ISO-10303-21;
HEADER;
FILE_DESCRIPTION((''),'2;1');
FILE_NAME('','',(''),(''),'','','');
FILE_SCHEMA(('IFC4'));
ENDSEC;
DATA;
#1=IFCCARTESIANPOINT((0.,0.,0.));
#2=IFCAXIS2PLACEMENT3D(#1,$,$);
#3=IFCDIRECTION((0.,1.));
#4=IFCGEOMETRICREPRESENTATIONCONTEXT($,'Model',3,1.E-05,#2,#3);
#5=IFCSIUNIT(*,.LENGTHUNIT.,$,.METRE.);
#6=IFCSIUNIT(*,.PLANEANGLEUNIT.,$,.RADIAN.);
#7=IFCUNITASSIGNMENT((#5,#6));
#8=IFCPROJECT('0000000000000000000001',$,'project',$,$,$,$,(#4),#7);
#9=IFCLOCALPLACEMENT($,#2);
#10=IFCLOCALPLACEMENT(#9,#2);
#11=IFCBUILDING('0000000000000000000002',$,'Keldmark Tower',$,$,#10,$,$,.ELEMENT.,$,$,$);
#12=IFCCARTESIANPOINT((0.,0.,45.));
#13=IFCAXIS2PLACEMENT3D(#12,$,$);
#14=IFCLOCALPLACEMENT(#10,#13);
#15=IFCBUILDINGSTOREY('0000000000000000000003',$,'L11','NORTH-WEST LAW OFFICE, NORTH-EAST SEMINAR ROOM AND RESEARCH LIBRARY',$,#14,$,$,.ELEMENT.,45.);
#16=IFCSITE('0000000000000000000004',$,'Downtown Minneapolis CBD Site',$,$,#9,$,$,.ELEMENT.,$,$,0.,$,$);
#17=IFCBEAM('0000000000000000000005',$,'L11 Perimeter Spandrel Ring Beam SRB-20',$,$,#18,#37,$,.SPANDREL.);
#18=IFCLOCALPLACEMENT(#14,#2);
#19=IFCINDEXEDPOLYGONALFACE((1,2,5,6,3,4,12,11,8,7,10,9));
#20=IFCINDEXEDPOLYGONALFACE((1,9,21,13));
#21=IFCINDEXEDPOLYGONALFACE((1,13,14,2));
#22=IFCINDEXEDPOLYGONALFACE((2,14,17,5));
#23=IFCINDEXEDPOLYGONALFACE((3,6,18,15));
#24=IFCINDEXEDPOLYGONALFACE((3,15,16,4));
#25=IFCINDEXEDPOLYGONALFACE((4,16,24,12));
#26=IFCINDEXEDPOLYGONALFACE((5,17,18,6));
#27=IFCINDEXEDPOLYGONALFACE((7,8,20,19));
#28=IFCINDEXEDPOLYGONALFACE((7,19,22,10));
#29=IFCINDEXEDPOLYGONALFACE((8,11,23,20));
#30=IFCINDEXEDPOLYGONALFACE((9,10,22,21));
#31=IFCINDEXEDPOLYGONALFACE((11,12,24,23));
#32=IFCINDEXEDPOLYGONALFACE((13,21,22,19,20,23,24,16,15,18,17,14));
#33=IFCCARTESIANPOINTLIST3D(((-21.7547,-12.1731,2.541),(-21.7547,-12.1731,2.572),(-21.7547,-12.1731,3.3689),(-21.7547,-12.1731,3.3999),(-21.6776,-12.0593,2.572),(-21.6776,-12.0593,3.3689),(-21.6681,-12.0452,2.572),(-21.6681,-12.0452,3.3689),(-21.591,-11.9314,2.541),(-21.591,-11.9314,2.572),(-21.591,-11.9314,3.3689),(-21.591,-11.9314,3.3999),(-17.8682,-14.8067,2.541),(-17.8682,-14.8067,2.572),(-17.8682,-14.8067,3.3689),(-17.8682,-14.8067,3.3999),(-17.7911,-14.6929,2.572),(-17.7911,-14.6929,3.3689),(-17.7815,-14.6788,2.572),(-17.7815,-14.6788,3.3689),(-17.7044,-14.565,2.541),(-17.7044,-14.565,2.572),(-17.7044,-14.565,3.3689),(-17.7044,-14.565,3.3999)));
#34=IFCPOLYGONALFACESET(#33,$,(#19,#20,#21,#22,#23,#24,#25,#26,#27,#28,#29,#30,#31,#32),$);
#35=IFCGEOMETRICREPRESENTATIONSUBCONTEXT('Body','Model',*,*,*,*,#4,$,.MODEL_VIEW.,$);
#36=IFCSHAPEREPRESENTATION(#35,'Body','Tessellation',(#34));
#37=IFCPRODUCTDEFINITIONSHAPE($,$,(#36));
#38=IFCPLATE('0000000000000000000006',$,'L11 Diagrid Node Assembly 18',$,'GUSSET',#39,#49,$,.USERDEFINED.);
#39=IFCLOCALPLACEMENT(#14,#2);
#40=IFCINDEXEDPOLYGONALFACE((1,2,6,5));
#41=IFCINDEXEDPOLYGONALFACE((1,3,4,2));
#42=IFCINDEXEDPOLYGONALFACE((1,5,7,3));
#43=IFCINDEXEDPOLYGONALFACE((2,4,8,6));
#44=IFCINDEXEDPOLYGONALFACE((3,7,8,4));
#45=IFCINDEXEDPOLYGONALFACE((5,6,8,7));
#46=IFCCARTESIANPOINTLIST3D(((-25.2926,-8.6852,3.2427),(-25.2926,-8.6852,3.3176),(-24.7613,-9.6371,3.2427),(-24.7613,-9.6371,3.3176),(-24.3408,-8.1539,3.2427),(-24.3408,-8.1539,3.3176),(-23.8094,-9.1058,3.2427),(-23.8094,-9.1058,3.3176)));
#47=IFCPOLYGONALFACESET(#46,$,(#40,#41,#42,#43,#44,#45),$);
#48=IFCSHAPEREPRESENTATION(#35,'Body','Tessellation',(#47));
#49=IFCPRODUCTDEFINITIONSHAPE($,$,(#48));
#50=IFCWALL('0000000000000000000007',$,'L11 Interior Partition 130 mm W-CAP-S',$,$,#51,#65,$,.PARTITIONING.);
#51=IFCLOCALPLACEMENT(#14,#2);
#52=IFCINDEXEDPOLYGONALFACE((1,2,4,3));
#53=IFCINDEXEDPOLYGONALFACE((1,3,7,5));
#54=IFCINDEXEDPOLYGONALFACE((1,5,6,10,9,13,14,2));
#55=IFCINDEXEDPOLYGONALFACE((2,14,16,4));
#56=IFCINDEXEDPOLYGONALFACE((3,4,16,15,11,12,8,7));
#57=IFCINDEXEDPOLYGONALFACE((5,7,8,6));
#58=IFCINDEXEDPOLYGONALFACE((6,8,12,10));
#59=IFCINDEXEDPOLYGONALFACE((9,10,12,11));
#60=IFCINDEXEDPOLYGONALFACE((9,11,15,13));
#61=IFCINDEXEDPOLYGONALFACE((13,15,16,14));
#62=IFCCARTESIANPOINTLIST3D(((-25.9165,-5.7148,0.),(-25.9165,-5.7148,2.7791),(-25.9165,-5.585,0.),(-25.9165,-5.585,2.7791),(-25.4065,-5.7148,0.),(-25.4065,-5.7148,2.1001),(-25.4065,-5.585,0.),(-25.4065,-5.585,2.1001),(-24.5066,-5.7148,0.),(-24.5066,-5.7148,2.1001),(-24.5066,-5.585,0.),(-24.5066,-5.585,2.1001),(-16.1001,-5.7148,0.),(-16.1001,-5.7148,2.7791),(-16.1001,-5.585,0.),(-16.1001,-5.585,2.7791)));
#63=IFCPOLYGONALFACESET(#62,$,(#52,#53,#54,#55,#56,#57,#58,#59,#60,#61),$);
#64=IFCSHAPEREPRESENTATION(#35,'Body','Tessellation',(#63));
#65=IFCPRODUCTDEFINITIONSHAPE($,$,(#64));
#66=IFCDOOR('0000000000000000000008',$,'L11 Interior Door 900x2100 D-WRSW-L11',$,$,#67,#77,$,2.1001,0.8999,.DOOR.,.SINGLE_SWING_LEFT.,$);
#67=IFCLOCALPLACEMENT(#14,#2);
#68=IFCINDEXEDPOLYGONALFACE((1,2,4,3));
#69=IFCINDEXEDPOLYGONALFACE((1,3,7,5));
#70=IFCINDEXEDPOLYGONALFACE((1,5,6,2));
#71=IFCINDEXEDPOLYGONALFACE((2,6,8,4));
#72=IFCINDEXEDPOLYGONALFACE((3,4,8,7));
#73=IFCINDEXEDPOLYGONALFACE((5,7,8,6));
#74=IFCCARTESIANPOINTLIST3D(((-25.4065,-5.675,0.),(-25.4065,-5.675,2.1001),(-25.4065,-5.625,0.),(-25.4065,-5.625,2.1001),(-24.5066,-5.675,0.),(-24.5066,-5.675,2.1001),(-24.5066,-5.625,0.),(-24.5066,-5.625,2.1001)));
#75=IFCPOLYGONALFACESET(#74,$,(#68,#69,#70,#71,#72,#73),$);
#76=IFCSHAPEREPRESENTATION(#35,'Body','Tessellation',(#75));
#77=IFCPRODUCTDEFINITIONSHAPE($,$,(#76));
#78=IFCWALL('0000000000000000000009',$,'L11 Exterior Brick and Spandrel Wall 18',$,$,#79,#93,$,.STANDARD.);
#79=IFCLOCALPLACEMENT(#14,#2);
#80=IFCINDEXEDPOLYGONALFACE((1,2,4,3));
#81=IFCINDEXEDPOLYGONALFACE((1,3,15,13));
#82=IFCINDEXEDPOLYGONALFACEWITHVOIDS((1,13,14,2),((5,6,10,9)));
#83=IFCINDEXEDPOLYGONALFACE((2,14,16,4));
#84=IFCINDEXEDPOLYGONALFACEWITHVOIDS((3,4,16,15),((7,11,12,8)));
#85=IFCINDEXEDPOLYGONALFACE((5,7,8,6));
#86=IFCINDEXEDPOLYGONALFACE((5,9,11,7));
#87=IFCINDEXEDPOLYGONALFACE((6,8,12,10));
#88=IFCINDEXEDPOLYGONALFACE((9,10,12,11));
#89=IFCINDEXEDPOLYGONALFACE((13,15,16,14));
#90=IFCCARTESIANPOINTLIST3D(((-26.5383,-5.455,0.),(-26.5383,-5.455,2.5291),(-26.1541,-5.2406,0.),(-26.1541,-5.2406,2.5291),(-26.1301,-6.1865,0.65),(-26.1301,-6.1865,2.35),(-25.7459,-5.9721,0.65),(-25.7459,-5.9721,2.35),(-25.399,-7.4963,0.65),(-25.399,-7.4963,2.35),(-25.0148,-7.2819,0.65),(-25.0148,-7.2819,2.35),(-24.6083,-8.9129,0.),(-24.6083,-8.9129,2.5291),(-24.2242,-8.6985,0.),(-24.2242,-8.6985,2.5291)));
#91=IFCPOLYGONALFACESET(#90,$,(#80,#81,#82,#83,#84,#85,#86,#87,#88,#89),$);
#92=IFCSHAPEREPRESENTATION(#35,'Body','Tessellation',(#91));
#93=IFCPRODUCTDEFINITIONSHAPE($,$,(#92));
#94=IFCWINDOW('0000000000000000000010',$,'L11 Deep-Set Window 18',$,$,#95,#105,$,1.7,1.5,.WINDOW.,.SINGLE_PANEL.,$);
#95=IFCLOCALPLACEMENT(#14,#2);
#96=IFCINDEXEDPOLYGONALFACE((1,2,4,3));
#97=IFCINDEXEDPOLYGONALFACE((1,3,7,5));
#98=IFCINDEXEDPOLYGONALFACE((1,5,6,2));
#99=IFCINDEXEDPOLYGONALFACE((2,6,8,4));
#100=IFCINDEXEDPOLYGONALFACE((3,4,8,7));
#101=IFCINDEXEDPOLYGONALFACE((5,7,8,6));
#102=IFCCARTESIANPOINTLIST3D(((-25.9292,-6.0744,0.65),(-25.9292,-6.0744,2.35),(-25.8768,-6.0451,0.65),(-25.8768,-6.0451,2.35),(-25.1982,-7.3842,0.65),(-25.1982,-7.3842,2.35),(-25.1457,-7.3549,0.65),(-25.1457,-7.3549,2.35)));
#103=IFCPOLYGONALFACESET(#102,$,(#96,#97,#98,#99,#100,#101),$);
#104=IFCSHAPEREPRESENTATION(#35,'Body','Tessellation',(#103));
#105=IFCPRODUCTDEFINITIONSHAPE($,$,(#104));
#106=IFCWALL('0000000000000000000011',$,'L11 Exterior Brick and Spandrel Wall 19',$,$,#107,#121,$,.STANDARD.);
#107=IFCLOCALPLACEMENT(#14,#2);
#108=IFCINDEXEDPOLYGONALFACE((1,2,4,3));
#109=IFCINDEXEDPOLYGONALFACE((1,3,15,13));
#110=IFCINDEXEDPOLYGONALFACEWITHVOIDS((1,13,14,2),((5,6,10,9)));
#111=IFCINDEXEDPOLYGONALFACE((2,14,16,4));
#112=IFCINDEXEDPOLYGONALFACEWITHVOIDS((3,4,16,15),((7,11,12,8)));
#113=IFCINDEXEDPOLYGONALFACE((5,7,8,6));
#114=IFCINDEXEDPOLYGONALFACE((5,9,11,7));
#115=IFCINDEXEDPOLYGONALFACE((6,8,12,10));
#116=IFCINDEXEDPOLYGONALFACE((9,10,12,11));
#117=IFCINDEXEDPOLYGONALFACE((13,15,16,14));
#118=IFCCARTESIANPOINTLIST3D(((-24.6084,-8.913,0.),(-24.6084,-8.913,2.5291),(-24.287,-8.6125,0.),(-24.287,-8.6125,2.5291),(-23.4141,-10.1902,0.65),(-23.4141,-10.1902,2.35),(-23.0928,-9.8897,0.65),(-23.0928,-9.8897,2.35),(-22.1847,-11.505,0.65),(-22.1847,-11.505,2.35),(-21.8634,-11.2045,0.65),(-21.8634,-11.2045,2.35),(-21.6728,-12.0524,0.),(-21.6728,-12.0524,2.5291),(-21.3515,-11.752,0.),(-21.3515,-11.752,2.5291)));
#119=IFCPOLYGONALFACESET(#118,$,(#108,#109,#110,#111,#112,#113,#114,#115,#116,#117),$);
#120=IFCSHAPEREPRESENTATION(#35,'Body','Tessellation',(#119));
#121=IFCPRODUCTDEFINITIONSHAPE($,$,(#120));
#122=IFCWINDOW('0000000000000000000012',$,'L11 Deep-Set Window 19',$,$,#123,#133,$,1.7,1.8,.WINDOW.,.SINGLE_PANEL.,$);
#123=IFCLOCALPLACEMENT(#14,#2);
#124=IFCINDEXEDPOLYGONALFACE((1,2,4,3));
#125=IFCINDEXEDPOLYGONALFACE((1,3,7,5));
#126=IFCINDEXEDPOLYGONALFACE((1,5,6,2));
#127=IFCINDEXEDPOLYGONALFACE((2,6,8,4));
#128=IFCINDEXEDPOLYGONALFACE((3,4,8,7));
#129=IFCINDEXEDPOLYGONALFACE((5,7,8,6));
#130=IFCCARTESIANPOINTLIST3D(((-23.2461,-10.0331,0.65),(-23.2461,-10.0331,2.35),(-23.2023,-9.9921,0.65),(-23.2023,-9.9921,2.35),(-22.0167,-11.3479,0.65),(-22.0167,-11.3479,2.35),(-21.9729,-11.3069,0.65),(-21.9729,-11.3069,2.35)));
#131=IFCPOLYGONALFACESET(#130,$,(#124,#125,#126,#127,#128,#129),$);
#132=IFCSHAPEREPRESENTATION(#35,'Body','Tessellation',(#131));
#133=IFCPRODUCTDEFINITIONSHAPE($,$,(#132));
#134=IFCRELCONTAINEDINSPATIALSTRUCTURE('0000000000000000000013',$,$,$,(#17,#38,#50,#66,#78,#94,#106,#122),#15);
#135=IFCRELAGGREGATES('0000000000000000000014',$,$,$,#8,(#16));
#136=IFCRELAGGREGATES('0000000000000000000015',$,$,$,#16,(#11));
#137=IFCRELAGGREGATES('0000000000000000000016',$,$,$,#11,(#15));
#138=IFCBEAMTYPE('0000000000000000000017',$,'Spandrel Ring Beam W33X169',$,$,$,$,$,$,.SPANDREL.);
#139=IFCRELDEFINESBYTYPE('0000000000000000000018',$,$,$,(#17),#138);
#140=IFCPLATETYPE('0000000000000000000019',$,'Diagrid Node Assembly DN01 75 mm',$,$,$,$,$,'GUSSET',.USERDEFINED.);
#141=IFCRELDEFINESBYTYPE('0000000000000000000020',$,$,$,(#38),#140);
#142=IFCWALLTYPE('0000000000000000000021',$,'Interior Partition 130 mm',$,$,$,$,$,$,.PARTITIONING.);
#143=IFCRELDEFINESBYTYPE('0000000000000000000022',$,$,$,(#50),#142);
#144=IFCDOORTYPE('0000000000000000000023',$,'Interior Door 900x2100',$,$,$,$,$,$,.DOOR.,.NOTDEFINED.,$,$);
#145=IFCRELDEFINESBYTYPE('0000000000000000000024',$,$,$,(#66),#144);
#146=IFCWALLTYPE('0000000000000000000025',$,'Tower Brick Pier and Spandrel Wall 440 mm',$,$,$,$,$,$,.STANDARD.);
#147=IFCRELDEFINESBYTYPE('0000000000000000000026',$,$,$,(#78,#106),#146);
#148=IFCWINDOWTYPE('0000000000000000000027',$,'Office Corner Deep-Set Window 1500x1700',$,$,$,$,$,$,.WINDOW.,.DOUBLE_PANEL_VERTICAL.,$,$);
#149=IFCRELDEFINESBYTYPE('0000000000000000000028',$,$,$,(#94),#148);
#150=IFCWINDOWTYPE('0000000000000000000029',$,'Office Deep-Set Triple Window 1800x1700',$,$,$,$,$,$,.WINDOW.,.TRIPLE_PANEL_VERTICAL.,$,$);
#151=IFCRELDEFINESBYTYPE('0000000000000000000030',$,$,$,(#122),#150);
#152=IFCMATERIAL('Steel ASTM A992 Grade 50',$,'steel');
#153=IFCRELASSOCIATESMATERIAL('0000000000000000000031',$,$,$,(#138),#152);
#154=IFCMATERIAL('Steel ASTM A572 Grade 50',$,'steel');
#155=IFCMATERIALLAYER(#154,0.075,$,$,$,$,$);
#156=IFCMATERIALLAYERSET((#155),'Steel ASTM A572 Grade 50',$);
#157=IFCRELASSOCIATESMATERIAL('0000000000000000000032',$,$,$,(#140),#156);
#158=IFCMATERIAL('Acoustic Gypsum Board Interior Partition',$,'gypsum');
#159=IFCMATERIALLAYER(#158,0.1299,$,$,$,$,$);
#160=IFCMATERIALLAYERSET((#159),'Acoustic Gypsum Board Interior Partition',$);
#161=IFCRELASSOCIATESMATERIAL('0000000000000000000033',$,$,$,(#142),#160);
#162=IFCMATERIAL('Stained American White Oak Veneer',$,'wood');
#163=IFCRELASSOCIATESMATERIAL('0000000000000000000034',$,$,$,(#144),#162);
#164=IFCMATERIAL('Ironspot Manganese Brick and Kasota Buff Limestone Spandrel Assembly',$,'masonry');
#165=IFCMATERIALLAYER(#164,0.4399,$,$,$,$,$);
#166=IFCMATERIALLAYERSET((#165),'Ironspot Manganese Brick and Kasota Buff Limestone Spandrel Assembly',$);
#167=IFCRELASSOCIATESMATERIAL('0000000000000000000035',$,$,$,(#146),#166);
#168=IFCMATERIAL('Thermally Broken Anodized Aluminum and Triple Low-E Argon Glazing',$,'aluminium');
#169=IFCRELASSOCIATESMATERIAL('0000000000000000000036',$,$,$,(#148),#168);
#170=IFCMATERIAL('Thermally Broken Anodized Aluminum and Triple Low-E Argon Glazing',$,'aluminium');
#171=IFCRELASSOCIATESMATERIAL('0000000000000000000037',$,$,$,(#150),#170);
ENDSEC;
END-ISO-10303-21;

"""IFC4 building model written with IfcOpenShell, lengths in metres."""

from ifc_helpers import new_model, si_unit, direction, frame, frame_2d, origin, origin_2d, place, context, subcontext, project, spatial, rectangle, i_section, extrude, material, layer, layer_set, material_profile, profile_set, type_object, element, fill, save


model = new_model("IFC4")

# Units and contexts
model_context = context("Model", 3, precision=1e-05, world=origin(), true_north=direction((0.0, 1.0)))
body_context = subcontext(model_context, "Body", "Model", "MODEL_VIEW")
ifc_project = project(units=[si_unit("LENGTHUNIT", "METRE"), si_unit("PLANEANGLEUNIT", "RADIAN")], contexts=[model_context])

# Site, building, storey
site_placement = place(None, origin())
site = spatial("IfcSite", under=ifc_project, at=site_placement, Name="Downtown Minneapolis CBD Site", CompositionType="ELEMENT", RefElevation=0.0)
building_placement = place(site_placement, origin())
building = spatial("IfcBuilding", under=site, at=building_placement, Name="Keldmark Tower", CompositionType="ELEMENT")
storey_placement = place(building_placement, frame((0.0, 0.0, 45.0)))
storey = spatial("IfcBuildingStorey", under=building, at=storey_placement, Name="L11", Description="NORTH-WEST LAW OFFICE, NORTH-EAST SEMINAR ROOM AND RESEARCH LIBRARY", CompositionType="ELEMENT", Elevation=45.0)

# Beam
ifc_material_1 = material(Name="Steel ASTM A992 Grade 50", Category="steel")
ifc_material_profile_1 = material_profile(ifc_material_1, i_section(OverallWidth=0.292, OverallDepth=0.8589, WebThickness=0.0171, FlangeThickness=0.031, at=origin_2d()), Name="W33X169")
ifc_profile_set_1 = profile_set([ifc_material_profile_1], Name="Steel ASTM A992 Grade 50")
beam_type_1 = type_object("IfcBeamType", Name="Spandrel Ring Beam W33X169", PredefinedType="SPANDREL", material=ifc_profile_set_1)
beam_1_placement = place(storey_placement, frame((-21.6729, -12.0522, 2.9705), z_axis=(0.827842, -0.560961, 0.0), x_axis=(0.560961, 0.827842, 0.0)))
element("IfcBeam", 1, at=beam_1_placement, inside=storey, type_object=beam_type_1, Name="L11 Perimeter Spandrel Ring Beam SRB-20", PredefinedType="SPANDREL", context=body_context, shape_type="SweptSolid", body=[
    extrude(i_section(OverallWidth=0.292, OverallDepth=0.8589, WebThickness=0.0171, FlangeThickness=0.031, at=origin_2d()), origin(), (0.0, 0.0, 1.0), 4.6948),
])

# Plate
ifc_material_2 = material(Name="Steel ASTM A572 Grade 50", Category="steel")
ifc_layer_1 = layer(ifc_material_2, 0.075)
ifc_layer_set_1 = layer_set([ifc_layer_1], Name="Steel ASTM A572 Grade 50")
plate_type = type_object("IfcPlateType", Name="Diagrid Node Assembly DN01 75 mm", ElementType="GUSSET", PredefinedType="USERDEFINED", material=ifc_layer_set_1)
plate_placement = place(storey_placement, frame((-24.551, -8.8955, 3.2427), z_axis=(0.0, 0.0, 1.0), x_axis=(0.487403, -0.873177, 0.0)))
element("IfcPlate", 2, at=plate_placement, inside=storey, type_object=plate_type, Name="L11 Diagrid Node Assembly 18", ObjectType="GUSSET", PredefinedType="USERDEFINED", context=body_context, shape_type="SweptSolid", body=[
    extrude(rectangle(XDim=1.0901, YDim=1.0901, at=origin_2d()), origin(), (0.0, 0.0, 1.0), 0.075),
])

# Wall, opening, door
ifc_material_3 = material(Name="Acoustic Gypsum Board Interior Partition", Category="gypsum")
ifc_layer_2 = layer(ifc_material_3, 0.1299)
ifc_layer_set_2 = layer_set([ifc_layer_2], Name="Acoustic Gypsum Board Interior Partition")
wall_type_1 = type_object("IfcWallType", Name="Interior Partition 130 mm", PredefinedType="PARTITIONING", material=ifc_layer_set_2)
wall_1_placement = place(storey_placement, frame((-25.9165, -5.6499, 0.0), z_axis=(0.0, 0.0, 1.0), x_axis=(1.0, 0.0, 0.0)))
wall_1 = element("IfcWall", 3, at=wall_1_placement, inside=storey, type_object=wall_type_1, Name="L11 Interior Partition 130 mm W-CAP-S", PredefinedType="PARTITIONING", context=body_context, shape_type="SweptSolid", body=[
    extrude(rectangle(XDim=9.8164, YDim=0.1299, at=frame_2d((4.9082, 0.0))), origin(), (0.0, 0.0, 1.0), 2.7791),
])
opening_1_placement = place(wall_1_placement, frame((0.51, 0.0, 0.0)))
opening_1 = element("IfcOpeningElement", 4, at=opening_1_placement, cuts=wall_1, PredefinedType="OPENING", context=body_context, shape_type="SweptSolid", body=[
    extrude(rectangle(XDim=0.8999, YDim=2.1001, at=frame_2d((0.45, 1.05))), frame((0.0, 0.075, 0.0), z_axis=(0.0, -1.0, 0.0), x_axis=(1.0, 0.0, 0.0)), (0.0, 0.0, 1.0), 0.1499),
])
ifc_material_4 = material(Name="Stained American White Oak Veneer", Category="wood")
door_type = type_object("IfcDoorType", Name="Interior Door 900x2100", OperationType="NOTDEFINED", PredefinedType="DOOR", material=ifc_material_4)
door_placement = place(opening_1_placement, origin())
door = element("IfcDoor", 5, at=door_placement, inside=storey, type_object=door_type, Name="L11 Interior Door 900x2100 D-WRSW-L11", OperationType="SINGLE_SWING_LEFT", OverallHeight=2.1001, OverallWidth=0.8999, PredefinedType="DOOR", context=body_context, shape_type="SweptSolid", body=[
    extrude(rectangle(XDim=0.8999, YDim=2.1001, at=frame_2d((0.45, 1.05))), frame((0.0, 0.0249, 0.0), z_axis=(0.0, -1.0, 0.0), x_axis=(1.0, 0.0, 0.0)), (0.0, 0.0, 1.0), 0.05),
])
fill(opening_1, door)

# Walls, openings, windows
ifc_material_5 = material(Name="Ironspot Manganese Brick and Kasota Buff Limestone Spandrel Assembly", Category="masonry")
ifc_layer_3 = layer(ifc_material_5, 0.4399)
ifc_layer_set_3 = layer_set([ifc_layer_3], Name="Ironspot Manganese Brick and Kasota Buff Limestone Spandrel Assembly")
wall_type_2 = type_object("IfcWallType", Name="Tower Brick Pier and Spandrel Wall 440 mm", PredefinedType="STANDARD", material=ifc_layer_set_3)
wall_2_placement = place(storey_placement, frame((-24.4163, -8.8057, 0.0), z_axis=(0.0, 0.0, 1.0), x_axis=(-0.487369, 0.873196, 0.0)))
wall_2 = element("IfcWall", 6, at=wall_2_placement, inside=storey, type_object=wall_type_2, Name="L11 Exterior Brick and Spandrel Wall 18", PredefinedType="STANDARD", context=body_context, shape_type="SweptSolid", body=[
    extrude(rectangle(XDim=3.96, YDim=0.4399, at=frame_2d((1.98, 0.0))), origin(), (0.0, 0.0, 1.0), 2.5291),
])
opening_2_placement = place(wall_2_placement, frame((1.6223, 0.0, 0.6499)))
opening_2 = element("IfcOpeningElement", 7, at=opening_2_placement, cuts=wall_2, PredefinedType="OPENING", context=body_context, shape_type="SweptSolid", body=[
    extrude(rectangle(XDim=1.5, YDim=1.7, at=frame_2d((0.75, 0.8501))), frame((0.0, 0.23, 0.0), z_axis=(0.0, -1.0, 0.0), x_axis=(1.0, 0.0, 0.0)), (0.0, 0.0, 1.0), 0.46),
])
ifc_material_6 = material(Name="Thermally Broken Anodized Aluminum and Triple Low-E Argon Glazing", Category="aluminium")
window_type_1 = type_object("IfcWindowType", Name="Office Corner Deep-Set Window 1500x1700", PartitioningType="DOUBLE_PANEL_VERTICAL", PredefinedType="WINDOW", material=ifc_material_6)
window_1_placement = place(opening_2_placement, origin())
window_1 = element("IfcWindow", 8, at=window_1_placement, inside=storey, type_object=window_type_1, Name="L11 Deep-Set Window 18", OverallHeight=1.7, OverallWidth=1.5, PartitioningType="SINGLE_PANEL", PredefinedType="WINDOW", context=body_context, shape_type="SweptSolid", body=[
    extrude(rectangle(XDim=1.5, YDim=1.7, at=frame_2d((0.75, 0.8501))), frame((0.0, -0.01, 0.0), z_axis=(0.0, -1.0, 0.0), x_axis=(1.0, 0.0, 0.0)), (0.0, 0.0, 1.0), 0.0601),
])
fill(opening_2, window_1)
wall_3_placement = place(storey_placement, frame((-21.5122, -11.9021, 0.0), z_axis=(0.0, 0.0, 1.0), x_axis=(-0.682994, 0.730424, 0.0)))
wall_3 = element("IfcWall", 9, at=wall_3_placement, inside=storey, type_object=wall_type_2, Name="L11 Exterior Brick and Spandrel Wall 19", PredefinedType="STANDARD", context=body_context, shape_type="SweptSolid", body=[
    extrude(rectangle(XDim=4.2981, YDim=0.4399, at=frame_2d((2.1489, 0.0))), origin(), (0.0, 0.0, 1.0), 2.5291),
])
opening_3_placement = place(wall_3_placement, frame((0.7495, 0.0, 0.6499)))
opening_3 = element("IfcOpeningElement", 10, at=opening_3_placement, cuts=wall_3, PredefinedType="OPENING", context=body_context, shape_type="SweptSolid", body=[
    extrude(rectangle(XDim=1.8, YDim=1.7, at=frame_2d((0.8999, 0.8501))), frame((0.0, 0.23, 0.0), z_axis=(0.0, -1.0, 0.0), x_axis=(1.0, 0.0, 0.0)), (0.0, 0.0, 1.0), 0.46),
])
ifc_material_7 = material(Name="Thermally Broken Anodized Aluminum and Triple Low-E Argon Glazing", Category="aluminium")
window_type_2 = type_object("IfcWindowType", Name="Office Deep-Set Triple Window 1800x1700", PartitioningType="TRIPLE_PANEL_VERTICAL", PredefinedType="WINDOW", material=ifc_material_7)
window_2_placement = place(opening_3_placement, origin())
window_2 = element("IfcWindow", 11, at=window_2_placement, inside=storey, type_object=window_type_2, Name="L11 Deep-Set Window 19", OverallHeight=1.7, OverallWidth=1.8, PartitioningType="SINGLE_PANEL", PredefinedType="WINDOW", context=body_context, shape_type="SweptSolid", body=[
    extrude(rectangle(XDim=1.8, YDim=1.7, at=frame_2d((0.8999, 0.8501))), frame((0.0, -0.01, 0.0), z_axis=(0.0, -1.0, 0.0), x_axis=(1.0, 0.0, 0.0)), (0.0, 0.0, 1.0), 0.0601),
])
fill(opening_3, window_2)

save(model, "model.ifc")
